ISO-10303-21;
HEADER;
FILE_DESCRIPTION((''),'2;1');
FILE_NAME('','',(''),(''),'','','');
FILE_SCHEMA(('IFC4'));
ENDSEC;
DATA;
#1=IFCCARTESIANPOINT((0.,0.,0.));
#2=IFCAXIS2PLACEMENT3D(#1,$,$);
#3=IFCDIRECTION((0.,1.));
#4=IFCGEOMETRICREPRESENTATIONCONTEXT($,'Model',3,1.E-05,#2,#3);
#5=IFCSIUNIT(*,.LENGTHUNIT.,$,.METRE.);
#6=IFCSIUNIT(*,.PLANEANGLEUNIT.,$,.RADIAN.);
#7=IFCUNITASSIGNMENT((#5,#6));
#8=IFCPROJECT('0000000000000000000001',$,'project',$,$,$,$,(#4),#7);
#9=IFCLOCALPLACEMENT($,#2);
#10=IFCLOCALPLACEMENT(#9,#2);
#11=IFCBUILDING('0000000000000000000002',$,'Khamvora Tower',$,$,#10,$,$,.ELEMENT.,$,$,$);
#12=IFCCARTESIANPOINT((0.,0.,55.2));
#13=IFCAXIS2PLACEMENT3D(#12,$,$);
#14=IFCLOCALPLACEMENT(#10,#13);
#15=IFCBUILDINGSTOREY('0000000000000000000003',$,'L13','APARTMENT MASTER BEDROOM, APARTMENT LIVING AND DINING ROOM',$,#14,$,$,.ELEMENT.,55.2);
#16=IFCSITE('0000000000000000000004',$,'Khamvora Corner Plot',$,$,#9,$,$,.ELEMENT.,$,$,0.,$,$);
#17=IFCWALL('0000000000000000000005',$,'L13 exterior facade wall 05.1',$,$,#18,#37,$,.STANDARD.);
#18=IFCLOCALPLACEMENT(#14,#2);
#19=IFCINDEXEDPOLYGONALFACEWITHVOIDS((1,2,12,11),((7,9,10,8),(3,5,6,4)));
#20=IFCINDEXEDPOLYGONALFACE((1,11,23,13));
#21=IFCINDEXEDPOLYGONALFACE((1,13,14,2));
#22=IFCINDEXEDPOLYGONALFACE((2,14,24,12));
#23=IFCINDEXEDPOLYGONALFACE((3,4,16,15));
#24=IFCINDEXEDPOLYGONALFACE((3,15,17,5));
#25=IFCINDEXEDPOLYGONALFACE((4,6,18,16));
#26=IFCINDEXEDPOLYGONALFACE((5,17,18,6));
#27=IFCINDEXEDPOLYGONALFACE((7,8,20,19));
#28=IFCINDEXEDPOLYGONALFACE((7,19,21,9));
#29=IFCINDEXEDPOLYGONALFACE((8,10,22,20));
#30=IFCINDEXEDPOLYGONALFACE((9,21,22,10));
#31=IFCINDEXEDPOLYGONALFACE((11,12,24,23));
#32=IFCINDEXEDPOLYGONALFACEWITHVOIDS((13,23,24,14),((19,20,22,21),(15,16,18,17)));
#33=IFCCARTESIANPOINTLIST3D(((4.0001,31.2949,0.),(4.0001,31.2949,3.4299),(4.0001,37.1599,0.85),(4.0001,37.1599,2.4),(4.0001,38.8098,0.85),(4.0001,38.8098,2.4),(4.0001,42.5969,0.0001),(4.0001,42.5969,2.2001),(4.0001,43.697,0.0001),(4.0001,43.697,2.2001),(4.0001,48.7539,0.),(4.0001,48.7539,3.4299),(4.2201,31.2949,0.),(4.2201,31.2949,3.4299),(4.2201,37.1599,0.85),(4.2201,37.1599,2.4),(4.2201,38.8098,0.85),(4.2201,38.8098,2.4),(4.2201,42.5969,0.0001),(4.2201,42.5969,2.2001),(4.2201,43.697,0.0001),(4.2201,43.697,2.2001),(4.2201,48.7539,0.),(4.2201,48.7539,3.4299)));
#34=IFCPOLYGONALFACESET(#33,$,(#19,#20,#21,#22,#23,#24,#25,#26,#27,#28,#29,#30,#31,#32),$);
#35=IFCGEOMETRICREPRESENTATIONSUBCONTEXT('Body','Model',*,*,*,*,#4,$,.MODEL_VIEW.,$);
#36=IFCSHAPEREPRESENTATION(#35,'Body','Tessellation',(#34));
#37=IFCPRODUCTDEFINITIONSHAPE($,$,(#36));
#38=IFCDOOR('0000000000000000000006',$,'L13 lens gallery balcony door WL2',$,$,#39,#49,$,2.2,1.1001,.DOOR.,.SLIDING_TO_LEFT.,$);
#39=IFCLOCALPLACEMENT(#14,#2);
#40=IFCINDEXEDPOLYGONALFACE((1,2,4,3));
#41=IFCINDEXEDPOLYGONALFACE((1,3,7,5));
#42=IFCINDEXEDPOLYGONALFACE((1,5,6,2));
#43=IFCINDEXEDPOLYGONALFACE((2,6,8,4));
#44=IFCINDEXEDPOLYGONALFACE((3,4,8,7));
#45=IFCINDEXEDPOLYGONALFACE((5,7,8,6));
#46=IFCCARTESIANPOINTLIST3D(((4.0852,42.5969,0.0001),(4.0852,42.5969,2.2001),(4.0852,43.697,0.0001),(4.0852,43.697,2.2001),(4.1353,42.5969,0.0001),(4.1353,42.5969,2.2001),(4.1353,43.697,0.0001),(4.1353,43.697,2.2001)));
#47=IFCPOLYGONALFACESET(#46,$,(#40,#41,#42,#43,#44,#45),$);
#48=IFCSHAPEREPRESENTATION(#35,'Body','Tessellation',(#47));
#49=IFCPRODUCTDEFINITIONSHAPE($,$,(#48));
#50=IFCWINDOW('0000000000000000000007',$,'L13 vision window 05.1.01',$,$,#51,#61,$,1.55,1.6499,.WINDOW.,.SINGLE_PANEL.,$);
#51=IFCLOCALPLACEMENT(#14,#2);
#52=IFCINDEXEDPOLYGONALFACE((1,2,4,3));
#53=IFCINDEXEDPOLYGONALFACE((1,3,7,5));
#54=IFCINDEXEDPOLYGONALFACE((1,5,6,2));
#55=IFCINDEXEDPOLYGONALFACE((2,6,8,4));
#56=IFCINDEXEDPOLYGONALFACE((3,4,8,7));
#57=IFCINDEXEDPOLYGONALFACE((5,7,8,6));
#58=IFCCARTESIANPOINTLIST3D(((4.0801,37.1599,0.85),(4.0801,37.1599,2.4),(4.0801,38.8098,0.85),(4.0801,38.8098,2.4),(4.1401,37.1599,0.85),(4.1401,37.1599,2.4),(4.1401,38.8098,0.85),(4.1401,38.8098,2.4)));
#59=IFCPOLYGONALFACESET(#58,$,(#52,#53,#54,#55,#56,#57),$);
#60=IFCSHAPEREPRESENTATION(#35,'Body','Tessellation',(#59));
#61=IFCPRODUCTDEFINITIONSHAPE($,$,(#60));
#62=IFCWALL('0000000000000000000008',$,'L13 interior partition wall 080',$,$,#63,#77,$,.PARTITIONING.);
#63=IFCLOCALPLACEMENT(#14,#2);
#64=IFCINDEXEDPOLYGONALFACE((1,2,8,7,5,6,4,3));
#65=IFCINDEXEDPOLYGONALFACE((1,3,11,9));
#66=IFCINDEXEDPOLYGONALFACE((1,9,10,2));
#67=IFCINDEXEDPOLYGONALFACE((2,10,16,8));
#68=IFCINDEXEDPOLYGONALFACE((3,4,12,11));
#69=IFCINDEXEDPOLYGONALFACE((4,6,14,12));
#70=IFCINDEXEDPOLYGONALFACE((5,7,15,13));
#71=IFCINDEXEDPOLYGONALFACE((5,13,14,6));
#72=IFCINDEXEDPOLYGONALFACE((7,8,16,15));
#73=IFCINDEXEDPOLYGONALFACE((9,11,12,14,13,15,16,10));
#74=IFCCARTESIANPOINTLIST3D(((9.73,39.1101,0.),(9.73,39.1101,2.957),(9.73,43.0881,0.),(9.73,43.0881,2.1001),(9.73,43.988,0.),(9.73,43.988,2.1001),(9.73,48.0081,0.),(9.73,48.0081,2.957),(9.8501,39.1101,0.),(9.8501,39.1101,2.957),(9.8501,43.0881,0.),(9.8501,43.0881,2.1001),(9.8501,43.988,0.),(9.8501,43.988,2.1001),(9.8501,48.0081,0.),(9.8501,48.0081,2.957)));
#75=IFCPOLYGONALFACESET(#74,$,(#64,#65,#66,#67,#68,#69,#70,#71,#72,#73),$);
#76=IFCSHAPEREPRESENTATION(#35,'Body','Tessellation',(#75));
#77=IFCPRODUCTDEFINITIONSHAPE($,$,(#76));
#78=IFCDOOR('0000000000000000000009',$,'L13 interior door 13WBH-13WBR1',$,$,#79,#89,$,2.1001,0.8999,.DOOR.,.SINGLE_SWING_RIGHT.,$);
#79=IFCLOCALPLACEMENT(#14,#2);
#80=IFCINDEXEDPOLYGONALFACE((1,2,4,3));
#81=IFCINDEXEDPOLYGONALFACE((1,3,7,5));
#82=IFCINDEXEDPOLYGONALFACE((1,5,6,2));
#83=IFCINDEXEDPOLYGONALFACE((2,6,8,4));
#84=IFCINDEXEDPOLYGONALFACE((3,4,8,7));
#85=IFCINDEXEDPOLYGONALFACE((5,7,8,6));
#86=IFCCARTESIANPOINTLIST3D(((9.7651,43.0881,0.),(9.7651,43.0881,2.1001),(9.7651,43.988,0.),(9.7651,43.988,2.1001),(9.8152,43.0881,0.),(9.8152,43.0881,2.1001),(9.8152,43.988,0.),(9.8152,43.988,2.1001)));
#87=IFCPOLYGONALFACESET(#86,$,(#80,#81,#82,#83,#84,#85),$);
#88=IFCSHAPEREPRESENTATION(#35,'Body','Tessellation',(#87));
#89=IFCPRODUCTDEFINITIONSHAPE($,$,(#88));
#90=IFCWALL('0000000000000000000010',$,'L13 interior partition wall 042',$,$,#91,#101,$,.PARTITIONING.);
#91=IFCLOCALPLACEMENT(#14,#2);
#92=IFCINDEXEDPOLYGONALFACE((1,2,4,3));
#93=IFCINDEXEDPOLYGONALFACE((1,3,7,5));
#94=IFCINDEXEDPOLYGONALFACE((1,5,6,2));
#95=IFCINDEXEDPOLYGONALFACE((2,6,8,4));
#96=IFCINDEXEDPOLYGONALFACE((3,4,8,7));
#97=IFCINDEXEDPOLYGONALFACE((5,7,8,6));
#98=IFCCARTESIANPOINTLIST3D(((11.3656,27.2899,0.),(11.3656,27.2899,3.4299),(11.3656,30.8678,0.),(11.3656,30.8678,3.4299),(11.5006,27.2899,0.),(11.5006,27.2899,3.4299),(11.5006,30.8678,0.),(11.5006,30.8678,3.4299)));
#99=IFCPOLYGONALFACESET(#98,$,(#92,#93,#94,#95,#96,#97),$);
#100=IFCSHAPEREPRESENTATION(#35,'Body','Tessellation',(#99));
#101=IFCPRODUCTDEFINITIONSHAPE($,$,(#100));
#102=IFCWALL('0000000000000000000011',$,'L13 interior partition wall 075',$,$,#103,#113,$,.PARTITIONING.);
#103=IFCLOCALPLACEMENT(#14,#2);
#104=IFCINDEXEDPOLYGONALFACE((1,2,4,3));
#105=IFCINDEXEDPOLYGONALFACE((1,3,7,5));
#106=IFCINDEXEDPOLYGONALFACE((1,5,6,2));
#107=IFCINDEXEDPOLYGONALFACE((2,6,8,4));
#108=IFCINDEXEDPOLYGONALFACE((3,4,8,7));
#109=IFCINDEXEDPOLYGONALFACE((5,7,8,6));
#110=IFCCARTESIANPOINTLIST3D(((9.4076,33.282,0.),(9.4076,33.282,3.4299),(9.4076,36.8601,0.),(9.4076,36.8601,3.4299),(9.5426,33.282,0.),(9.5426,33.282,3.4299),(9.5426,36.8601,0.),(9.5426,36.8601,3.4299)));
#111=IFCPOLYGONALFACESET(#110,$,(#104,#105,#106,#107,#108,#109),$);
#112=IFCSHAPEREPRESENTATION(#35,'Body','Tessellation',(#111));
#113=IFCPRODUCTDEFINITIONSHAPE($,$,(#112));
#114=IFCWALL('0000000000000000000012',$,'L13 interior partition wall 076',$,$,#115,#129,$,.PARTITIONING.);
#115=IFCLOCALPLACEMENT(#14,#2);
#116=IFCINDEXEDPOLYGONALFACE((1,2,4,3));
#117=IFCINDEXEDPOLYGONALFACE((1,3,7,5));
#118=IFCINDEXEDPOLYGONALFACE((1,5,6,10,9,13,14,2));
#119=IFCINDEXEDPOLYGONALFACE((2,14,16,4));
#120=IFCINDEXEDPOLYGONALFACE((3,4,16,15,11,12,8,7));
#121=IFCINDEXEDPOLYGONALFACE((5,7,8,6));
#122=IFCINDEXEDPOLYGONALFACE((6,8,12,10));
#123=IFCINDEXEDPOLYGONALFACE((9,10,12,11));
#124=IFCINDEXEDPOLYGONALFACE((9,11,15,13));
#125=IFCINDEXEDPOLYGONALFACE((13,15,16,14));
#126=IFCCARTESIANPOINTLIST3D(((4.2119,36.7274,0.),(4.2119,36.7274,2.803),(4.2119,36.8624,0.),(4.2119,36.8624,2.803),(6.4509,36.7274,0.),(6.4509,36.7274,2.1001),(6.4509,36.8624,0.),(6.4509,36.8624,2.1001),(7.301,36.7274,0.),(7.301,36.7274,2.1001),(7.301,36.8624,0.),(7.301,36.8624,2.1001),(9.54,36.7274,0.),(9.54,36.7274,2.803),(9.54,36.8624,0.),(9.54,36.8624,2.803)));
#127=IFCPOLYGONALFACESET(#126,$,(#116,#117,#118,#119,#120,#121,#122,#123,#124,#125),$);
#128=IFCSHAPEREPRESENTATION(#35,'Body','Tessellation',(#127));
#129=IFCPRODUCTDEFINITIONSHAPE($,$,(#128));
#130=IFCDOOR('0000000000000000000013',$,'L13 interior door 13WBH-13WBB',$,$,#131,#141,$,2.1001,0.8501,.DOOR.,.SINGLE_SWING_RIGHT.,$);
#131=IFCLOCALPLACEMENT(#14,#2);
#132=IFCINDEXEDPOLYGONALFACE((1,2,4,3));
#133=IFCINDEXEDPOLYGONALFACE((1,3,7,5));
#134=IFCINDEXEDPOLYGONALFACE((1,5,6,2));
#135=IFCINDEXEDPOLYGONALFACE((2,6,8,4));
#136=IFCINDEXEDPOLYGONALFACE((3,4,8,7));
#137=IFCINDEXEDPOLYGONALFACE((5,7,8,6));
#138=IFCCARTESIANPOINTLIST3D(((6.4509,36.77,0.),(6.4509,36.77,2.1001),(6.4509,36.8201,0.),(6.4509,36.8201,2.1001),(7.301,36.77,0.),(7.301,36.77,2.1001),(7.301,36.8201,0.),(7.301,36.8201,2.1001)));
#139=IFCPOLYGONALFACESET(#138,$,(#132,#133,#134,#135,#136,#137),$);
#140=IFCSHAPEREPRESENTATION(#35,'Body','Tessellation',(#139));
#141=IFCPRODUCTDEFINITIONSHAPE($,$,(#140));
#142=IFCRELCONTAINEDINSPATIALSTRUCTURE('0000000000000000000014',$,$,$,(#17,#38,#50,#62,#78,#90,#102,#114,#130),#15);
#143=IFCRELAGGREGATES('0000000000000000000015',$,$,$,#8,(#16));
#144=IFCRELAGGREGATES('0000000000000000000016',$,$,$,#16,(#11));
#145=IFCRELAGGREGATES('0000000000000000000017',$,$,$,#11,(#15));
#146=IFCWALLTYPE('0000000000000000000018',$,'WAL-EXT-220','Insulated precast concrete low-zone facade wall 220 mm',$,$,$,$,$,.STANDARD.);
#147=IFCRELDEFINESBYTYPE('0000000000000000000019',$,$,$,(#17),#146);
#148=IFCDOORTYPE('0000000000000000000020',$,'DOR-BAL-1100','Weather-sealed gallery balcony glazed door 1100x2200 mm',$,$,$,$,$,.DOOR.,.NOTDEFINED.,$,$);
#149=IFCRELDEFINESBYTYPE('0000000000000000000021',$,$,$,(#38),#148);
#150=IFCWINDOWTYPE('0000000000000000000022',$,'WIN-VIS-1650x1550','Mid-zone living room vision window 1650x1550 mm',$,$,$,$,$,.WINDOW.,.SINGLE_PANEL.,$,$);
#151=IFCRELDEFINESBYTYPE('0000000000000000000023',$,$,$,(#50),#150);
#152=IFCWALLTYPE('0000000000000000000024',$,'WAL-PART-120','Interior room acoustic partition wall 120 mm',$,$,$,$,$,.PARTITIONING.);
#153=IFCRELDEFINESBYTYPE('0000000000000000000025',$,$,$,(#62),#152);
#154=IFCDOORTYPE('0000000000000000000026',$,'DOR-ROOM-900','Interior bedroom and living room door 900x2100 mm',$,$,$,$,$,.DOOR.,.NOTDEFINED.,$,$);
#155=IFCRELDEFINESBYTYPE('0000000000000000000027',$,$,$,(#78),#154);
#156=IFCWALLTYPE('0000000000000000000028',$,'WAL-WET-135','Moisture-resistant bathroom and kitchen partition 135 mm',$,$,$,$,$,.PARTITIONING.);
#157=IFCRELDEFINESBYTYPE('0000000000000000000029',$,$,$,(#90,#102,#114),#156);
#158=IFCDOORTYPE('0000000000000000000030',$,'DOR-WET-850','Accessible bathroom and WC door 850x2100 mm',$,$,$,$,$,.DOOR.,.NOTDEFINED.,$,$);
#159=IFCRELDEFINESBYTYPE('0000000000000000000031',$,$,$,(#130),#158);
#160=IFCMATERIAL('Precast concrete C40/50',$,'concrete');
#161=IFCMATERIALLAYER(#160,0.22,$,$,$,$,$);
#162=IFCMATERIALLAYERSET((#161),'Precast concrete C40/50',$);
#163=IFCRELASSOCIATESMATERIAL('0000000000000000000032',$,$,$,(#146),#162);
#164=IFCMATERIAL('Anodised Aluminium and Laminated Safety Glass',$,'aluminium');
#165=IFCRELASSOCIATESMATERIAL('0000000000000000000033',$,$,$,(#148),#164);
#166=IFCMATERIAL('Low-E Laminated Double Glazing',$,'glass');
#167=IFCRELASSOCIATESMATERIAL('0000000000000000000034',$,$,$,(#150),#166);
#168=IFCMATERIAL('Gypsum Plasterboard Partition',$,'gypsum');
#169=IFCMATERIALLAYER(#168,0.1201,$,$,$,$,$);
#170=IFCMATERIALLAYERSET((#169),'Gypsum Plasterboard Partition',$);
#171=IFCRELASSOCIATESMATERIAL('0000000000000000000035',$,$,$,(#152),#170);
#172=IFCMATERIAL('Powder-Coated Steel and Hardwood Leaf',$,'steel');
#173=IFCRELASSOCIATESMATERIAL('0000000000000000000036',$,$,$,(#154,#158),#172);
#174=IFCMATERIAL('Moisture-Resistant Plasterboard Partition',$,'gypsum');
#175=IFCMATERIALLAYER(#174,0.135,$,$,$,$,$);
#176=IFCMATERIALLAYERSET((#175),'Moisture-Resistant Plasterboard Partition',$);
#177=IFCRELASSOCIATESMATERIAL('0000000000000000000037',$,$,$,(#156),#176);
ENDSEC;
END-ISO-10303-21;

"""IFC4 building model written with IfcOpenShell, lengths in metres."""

from ifc_helpers import new_model, si_unit, direction, frame, frame_2d, origin, place, context, subcontext, project, spatial, rectangle, extrude, material, layer, layer_set, type_object, element, fill, save


model = new_model("IFC4")

# Units and contexts
model_context = context("Model", 3, precision=1e-05, world=origin(), true_north=direction((0.0, 1.0)))
body_context = subcontext(model_context, "Body", "Model", "MODEL_VIEW")
ifc_project = project(units=[si_unit("LENGTHUNIT", "METRE"), si_unit("PLANEANGLEUNIT", "RADIAN")], contexts=[model_context])

# Site, building, storey
site_placement = place(None, origin())
site = spatial("IfcSite", under=ifc_project, at=site_placement, Name="Khamvora Corner Plot", CompositionType="ELEMENT", RefElevation=0.0)
building_placement = place(site_placement, origin())
building = spatial("IfcBuilding", under=site, at=building_placement, Name="Khamvora Tower", CompositionType="ELEMENT")
storey_placement = place(building_placement, frame((0.0, 0.0, 55.2)))
storey = spatial("IfcBuildingStorey", under=building, at=storey_placement, Name="L13", Description="APARTMENT MASTER BEDROOM, APARTMENT LIVING AND DINING ROOM", CompositionType="ELEMENT", Elevation=55.2)

# Shared definitions
ifc_material_1 = material(Name="Powder-Coated Steel and Hardwood Leaf", Category="steel")

# Shared definitions
ifc_material_2 = material(Name="Precast concrete C40/50", Category="concrete")
ifc_layer_1 = layer(ifc_material_2, 0.22)
ifc_layer_set_1 = layer_set([ifc_layer_1], Name="Precast concrete C40/50")
wall_type_1 = type_object("IfcWallType", Name="WAL-EXT-220", Description="Insulated precast concrete low-zone facade wall 220 mm", PredefinedType="STANDARD", material=ifc_layer_set_1)

# Wall, openings, door, window
wall_1_placement = place(storey_placement, frame((4.1101, 31.2949, 0.0), z_axis=(0.0, 0.0, 1.0), x_axis=(0.0, 1.0, 0.0)))
wall_1 = element("IfcWall", 1, at=wall_1_placement, inside=storey, type_object=wall_type_1, Name="L13 exterior facade wall 05.1", PredefinedType="STANDARD", context=body_context, shape_type="SweptSolid", body=[
    extrude(rectangle(XDim=17.459, YDim=0.22, at=frame_2d((8.7295, 0.0))), origin(), (0.0, 0.0, 1.0), 3.4299),
])
opening_1_placement = place(wall_1_placement, frame((11.302, 0.0, 0.0)))
opening_1 = element("IfcOpeningElement", 2, at=opening_1_placement, cuts=wall_1, PredefinedType="OPENING", context=body_context, shape_type="SweptSolid", body=[
    extrude(rectangle(XDim=1.1001, YDim=2.2, at=frame_2d((0.55, 1.1001))), frame((0.0, 0.1199, 0.0), z_axis=(0.0, -1.0, 0.0), x_axis=(1.0, 0.0, 0.0)), (0.0, 0.0, 1.0), 0.24),
])
opening_2_placement = place(wall_1_placement, frame((5.865, 0.0, 0.8501)))
opening_2 = element("IfcOpeningElement", 3, at=opening_2_placement, cuts=wall_1, PredefinedType="OPENING", context=body_context, shape_type="SweptSolid", body=[
    extrude(rectangle(XDim=1.6499, YDim=1.55, at=frame_2d((0.825, 0.7749))), frame((0.0, 0.1199, 0.0), z_axis=(0.0, -1.0, 0.0), x_axis=(1.0, 0.0, 0.0)), (0.0, 0.0, 1.0), 0.24),
])
ifc_material_3 = material(Name="Anodised Aluminium and Laminated Safety Glass", Category="aluminium")
door_type_1 = type_object("IfcDoorType", Name="DOR-BAL-1100", Description="Weather-sealed gallery balcony glazed door 1100x2200 mm", OperationType="NOTDEFINED", PredefinedType="DOOR", material=ifc_material_3)
door_1_placement = place(opening_1_placement, origin())
door_1 = element("IfcDoor", 4, at=door_1_placement, inside=storey, type_object=door_type_1, Name="L13 lens gallery balcony door WL2", OperationType="SLIDING_TO_LEFT", OverallHeight=2.2, OverallWidth=1.1001, PredefinedType="DOOR", context=body_context, shape_type="SweptSolid", body=[
    extrude(rectangle(XDim=1.1001, YDim=2.2, at=frame_2d((0.55, 1.1001))), frame((0.0, 0.0249, 0.0), z_axis=(0.0, -1.0, 0.0), x_axis=(1.0, 0.0, 0.0)), (0.0, 0.0, 1.0), 0.05),
])
fill(opening_1, door_1)
ifc_material_4 = material(Name="Low-E Laminated Double Glazing", Category="glass")
window_type = type_object("IfcWindowType", Name="WIN-VIS-1650x1550", Description="Mid-zone living room vision window 1650x1550 mm", PartitioningType="SINGLE_PANEL", PredefinedType="WINDOW", material=ifc_material_4)
window_placement = place(opening_2_placement, origin())
window = element("IfcWindow", 5, at=window_placement, inside=storey, type_object=window_type, Name="L13 vision window 05.1.01", OverallHeight=1.55, OverallWidth=1.6499, PartitioningType="SINGLE_PANEL", PredefinedType="WINDOW", context=body_context, shape_type="SweptSolid", body=[
    extrude(rectangle(XDim=1.6499, YDim=1.55, at=frame_2d((0.825, 0.7749))), frame((0.0, 0.03, 0.0), z_axis=(0.0, -1.0, 0.0), x_axis=(1.0, 0.0, 0.0)), (0.0, 0.0, 1.0), 0.0601),
])
fill(opening_2, window)

# Wall, opening, door
ifc_material_5 = material(Name="Gypsum Plasterboard Partition", Category="gypsum")
ifc_layer_2 = layer(ifc_material_5, 0.1201)
ifc_layer_set_2 = layer_set([ifc_layer_2], Name="Gypsum Plasterboard Partition")
wall_type_2 = type_object("IfcWallType", Name="WAL-PART-120", Description="Interior room acoustic partition wall 120 mm", PredefinedType="PARTITIONING", material=ifc_layer_set_2)
wall_2_placement = place(storey_placement, frame((9.79, 39.1101, 0.0), z_axis=(0.0, 0.0, 1.0), x_axis=(0.0, 1.0, 0.0)))
wall_2 = element("IfcWall", 6, at=wall_2_placement, inside=storey, type_object=wall_type_2, Name="L13 interior partition wall 080", PredefinedType="PARTITIONING", context=body_context, shape_type="SweptSolid", body=[
    extrude(rectangle(XDim=8.8979, YDim=0.1201, at=frame_2d((4.449, 0.0))), origin(), (0.0, 0.0, 1.0), 2.957),
])
opening_3_placement = place(wall_2_placement, frame((3.978, 0.0, 0.0)))
opening_3 = element("IfcOpeningElement", 7, at=opening_3_placement, cuts=wall_2, PredefinedType="OPENING", context=body_context, shape_type="SweptSolid", body=[
    extrude(rectangle(XDim=0.8999, YDim=2.1001, at=frame_2d((0.45, 1.05))), frame((0.0, 0.0701, 0.0), z_axis=(0.0, -1.0, 0.0), x_axis=(1.0, 0.0, 0.0)), (0.0, 0.0, 1.0), 0.1401),
])
door_type_2 = type_object("IfcDoorType", Name="DOR-ROOM-900", Description="Interior bedroom and living room door 900x2100 mm", OperationType="NOTDEFINED", PredefinedType="DOOR", material=ifc_material_1)
door_2_placement = place(opening_3_placement, origin())
door_2 = element("IfcDoor", 8, at=door_2_placement, inside=storey, type_object=door_type_2, Name="L13 interior door 13WBH-13WBR1", OperationType="SINGLE_SWING_RIGHT", OverallHeight=2.1001, OverallWidth=0.8999, PredefinedType="DOOR", context=body_context, shape_type="SweptSolid", body=[
    extrude(rectangle(XDim=0.8999, YDim=2.1001, at=frame_2d((0.45, 1.05))), frame((0.0, 0.0249, 0.0), z_axis=(0.0, -1.0, 0.0), x_axis=(1.0, 0.0, 0.0)), (0.0, 0.0, 1.0), 0.05),
])
fill(opening_3, door_2)

# Walls
ifc_material_6 = material(Name="Moisture-Resistant Plasterboard Partition", Category="gypsum")
ifc_layer_3 = layer(ifc_material_6, 0.135)
ifc_layer_set_3 = layer_set([ifc_layer_3], Name="Moisture-Resistant Plasterboard Partition")
wall_type_3 = type_object("IfcWallType", Name="WAL-WET-135", Description="Moisture-resistant bathroom and kitchen partition 135 mm", PredefinedType="PARTITIONING", material=ifc_layer_set_3)
wall_3_placement = place(storey_placement, frame((11.4331, 30.8679, 0.0), z_axis=(0.0, 0.0, 1.0), x_axis=(0.0, -1.0, 0.0)))
element("IfcWall", 9, at=wall_3_placement, inside=storey, type_object=wall_type_3, Name="L13 interior partition wall 042", PredefinedType="PARTITIONING", context=body_context, shape_type="SweptSolid", body=[
    extrude(rectangle(XDim=3.5779, YDim=0.135, at=frame_2d((1.7891, 0.0))), origin(), (0.0, 0.0, 1.0), 3.4299),
])
wall_4_placement = place(storey_placement, frame((9.4751, 33.282, 0.0), z_axis=(0.0, 0.0, 1.0), x_axis=(0.0, 1.0, 0.0)))
element("IfcWall", 10, at=wall_4_placement, inside=storey, type_object=wall_type_3, Name="L13 interior partition wall 075", PredefinedType="PARTITIONING", context=body_context, shape_type="SweptSolid", body=[
    extrude(rectangle(XDim=3.5781, YDim=0.135, at=frame_2d((1.7891, 0.0))), origin(), (0.0, 0.0, 1.0), 3.4299),
])

# Wall, opening, door
wall_5_placement = place(storey_placement, frame((9.54, 36.7949, 0.0), z_axis=(0.0, 0.0, 1.0), x_axis=(-1.0, 0.0, 0.0)))
wall_5 = element("IfcWall", 11, at=wall_5_placement, inside=storey, type_object=wall_type_3, Name="L13 interior partition wall 076", PredefinedType="PARTITIONING", context=body_context, shape_type="SweptSolid", body=[
    extrude(rectangle(XDim=5.3281, YDim=0.135, at=frame_2d((2.6641, 0.0))), origin(), (0.0, 0.0, 1.0), 2.803),
])
opening_4_placement = place(wall_5_placement, frame((2.239, 0.0, 0.0)))
opening_4 = element("IfcOpeningElement", 12, at=opening_4_placement, cuts=wall_5, PredefinedType="OPENING", context=body_context, shape_type="SweptSolid", body=[
    extrude(rectangle(XDim=0.8501, YDim=2.1001, at=frame_2d((0.425, 1.05))), frame((0.0, 0.0774, 0.0), z_axis=(0.0, -1.0, 0.0), x_axis=(1.0, 0.0, 0.0)), (0.0, 0.0, 1.0), 0.155),
])
door_type_3 = type_object("IfcDoorType", Name="DOR-WET-850", Description="Accessible bathroom and WC door 850x2100 mm", OperationType="NOTDEFINED", PredefinedType="DOOR", material=ifc_material_1)
door_3_placement = place(opening_4_placement, origin())
door_3 = element("IfcDoor", 13, at=door_3_placement, inside=storey, type_object=door_type_3, Name="L13 interior door 13WBH-13WBB", OperationType="SINGLE_SWING_RIGHT", OverallHeight=2.1001, OverallWidth=0.8501, PredefinedType="DOOR", context=body_context, shape_type="SweptSolid", body=[
    extrude(rectangle(XDim=0.8501, YDim=2.1001, at=frame_2d((0.425, 1.05))), frame((0.0, 0.0249, 0.0), z_axis=(0.0, -1.0, 0.0), x_axis=(1.0, 0.0, 0.0)), (0.0, 0.0, 1.0), 0.05),
])
fill(opening_4, door_3)

save(model, "model.ifc")
